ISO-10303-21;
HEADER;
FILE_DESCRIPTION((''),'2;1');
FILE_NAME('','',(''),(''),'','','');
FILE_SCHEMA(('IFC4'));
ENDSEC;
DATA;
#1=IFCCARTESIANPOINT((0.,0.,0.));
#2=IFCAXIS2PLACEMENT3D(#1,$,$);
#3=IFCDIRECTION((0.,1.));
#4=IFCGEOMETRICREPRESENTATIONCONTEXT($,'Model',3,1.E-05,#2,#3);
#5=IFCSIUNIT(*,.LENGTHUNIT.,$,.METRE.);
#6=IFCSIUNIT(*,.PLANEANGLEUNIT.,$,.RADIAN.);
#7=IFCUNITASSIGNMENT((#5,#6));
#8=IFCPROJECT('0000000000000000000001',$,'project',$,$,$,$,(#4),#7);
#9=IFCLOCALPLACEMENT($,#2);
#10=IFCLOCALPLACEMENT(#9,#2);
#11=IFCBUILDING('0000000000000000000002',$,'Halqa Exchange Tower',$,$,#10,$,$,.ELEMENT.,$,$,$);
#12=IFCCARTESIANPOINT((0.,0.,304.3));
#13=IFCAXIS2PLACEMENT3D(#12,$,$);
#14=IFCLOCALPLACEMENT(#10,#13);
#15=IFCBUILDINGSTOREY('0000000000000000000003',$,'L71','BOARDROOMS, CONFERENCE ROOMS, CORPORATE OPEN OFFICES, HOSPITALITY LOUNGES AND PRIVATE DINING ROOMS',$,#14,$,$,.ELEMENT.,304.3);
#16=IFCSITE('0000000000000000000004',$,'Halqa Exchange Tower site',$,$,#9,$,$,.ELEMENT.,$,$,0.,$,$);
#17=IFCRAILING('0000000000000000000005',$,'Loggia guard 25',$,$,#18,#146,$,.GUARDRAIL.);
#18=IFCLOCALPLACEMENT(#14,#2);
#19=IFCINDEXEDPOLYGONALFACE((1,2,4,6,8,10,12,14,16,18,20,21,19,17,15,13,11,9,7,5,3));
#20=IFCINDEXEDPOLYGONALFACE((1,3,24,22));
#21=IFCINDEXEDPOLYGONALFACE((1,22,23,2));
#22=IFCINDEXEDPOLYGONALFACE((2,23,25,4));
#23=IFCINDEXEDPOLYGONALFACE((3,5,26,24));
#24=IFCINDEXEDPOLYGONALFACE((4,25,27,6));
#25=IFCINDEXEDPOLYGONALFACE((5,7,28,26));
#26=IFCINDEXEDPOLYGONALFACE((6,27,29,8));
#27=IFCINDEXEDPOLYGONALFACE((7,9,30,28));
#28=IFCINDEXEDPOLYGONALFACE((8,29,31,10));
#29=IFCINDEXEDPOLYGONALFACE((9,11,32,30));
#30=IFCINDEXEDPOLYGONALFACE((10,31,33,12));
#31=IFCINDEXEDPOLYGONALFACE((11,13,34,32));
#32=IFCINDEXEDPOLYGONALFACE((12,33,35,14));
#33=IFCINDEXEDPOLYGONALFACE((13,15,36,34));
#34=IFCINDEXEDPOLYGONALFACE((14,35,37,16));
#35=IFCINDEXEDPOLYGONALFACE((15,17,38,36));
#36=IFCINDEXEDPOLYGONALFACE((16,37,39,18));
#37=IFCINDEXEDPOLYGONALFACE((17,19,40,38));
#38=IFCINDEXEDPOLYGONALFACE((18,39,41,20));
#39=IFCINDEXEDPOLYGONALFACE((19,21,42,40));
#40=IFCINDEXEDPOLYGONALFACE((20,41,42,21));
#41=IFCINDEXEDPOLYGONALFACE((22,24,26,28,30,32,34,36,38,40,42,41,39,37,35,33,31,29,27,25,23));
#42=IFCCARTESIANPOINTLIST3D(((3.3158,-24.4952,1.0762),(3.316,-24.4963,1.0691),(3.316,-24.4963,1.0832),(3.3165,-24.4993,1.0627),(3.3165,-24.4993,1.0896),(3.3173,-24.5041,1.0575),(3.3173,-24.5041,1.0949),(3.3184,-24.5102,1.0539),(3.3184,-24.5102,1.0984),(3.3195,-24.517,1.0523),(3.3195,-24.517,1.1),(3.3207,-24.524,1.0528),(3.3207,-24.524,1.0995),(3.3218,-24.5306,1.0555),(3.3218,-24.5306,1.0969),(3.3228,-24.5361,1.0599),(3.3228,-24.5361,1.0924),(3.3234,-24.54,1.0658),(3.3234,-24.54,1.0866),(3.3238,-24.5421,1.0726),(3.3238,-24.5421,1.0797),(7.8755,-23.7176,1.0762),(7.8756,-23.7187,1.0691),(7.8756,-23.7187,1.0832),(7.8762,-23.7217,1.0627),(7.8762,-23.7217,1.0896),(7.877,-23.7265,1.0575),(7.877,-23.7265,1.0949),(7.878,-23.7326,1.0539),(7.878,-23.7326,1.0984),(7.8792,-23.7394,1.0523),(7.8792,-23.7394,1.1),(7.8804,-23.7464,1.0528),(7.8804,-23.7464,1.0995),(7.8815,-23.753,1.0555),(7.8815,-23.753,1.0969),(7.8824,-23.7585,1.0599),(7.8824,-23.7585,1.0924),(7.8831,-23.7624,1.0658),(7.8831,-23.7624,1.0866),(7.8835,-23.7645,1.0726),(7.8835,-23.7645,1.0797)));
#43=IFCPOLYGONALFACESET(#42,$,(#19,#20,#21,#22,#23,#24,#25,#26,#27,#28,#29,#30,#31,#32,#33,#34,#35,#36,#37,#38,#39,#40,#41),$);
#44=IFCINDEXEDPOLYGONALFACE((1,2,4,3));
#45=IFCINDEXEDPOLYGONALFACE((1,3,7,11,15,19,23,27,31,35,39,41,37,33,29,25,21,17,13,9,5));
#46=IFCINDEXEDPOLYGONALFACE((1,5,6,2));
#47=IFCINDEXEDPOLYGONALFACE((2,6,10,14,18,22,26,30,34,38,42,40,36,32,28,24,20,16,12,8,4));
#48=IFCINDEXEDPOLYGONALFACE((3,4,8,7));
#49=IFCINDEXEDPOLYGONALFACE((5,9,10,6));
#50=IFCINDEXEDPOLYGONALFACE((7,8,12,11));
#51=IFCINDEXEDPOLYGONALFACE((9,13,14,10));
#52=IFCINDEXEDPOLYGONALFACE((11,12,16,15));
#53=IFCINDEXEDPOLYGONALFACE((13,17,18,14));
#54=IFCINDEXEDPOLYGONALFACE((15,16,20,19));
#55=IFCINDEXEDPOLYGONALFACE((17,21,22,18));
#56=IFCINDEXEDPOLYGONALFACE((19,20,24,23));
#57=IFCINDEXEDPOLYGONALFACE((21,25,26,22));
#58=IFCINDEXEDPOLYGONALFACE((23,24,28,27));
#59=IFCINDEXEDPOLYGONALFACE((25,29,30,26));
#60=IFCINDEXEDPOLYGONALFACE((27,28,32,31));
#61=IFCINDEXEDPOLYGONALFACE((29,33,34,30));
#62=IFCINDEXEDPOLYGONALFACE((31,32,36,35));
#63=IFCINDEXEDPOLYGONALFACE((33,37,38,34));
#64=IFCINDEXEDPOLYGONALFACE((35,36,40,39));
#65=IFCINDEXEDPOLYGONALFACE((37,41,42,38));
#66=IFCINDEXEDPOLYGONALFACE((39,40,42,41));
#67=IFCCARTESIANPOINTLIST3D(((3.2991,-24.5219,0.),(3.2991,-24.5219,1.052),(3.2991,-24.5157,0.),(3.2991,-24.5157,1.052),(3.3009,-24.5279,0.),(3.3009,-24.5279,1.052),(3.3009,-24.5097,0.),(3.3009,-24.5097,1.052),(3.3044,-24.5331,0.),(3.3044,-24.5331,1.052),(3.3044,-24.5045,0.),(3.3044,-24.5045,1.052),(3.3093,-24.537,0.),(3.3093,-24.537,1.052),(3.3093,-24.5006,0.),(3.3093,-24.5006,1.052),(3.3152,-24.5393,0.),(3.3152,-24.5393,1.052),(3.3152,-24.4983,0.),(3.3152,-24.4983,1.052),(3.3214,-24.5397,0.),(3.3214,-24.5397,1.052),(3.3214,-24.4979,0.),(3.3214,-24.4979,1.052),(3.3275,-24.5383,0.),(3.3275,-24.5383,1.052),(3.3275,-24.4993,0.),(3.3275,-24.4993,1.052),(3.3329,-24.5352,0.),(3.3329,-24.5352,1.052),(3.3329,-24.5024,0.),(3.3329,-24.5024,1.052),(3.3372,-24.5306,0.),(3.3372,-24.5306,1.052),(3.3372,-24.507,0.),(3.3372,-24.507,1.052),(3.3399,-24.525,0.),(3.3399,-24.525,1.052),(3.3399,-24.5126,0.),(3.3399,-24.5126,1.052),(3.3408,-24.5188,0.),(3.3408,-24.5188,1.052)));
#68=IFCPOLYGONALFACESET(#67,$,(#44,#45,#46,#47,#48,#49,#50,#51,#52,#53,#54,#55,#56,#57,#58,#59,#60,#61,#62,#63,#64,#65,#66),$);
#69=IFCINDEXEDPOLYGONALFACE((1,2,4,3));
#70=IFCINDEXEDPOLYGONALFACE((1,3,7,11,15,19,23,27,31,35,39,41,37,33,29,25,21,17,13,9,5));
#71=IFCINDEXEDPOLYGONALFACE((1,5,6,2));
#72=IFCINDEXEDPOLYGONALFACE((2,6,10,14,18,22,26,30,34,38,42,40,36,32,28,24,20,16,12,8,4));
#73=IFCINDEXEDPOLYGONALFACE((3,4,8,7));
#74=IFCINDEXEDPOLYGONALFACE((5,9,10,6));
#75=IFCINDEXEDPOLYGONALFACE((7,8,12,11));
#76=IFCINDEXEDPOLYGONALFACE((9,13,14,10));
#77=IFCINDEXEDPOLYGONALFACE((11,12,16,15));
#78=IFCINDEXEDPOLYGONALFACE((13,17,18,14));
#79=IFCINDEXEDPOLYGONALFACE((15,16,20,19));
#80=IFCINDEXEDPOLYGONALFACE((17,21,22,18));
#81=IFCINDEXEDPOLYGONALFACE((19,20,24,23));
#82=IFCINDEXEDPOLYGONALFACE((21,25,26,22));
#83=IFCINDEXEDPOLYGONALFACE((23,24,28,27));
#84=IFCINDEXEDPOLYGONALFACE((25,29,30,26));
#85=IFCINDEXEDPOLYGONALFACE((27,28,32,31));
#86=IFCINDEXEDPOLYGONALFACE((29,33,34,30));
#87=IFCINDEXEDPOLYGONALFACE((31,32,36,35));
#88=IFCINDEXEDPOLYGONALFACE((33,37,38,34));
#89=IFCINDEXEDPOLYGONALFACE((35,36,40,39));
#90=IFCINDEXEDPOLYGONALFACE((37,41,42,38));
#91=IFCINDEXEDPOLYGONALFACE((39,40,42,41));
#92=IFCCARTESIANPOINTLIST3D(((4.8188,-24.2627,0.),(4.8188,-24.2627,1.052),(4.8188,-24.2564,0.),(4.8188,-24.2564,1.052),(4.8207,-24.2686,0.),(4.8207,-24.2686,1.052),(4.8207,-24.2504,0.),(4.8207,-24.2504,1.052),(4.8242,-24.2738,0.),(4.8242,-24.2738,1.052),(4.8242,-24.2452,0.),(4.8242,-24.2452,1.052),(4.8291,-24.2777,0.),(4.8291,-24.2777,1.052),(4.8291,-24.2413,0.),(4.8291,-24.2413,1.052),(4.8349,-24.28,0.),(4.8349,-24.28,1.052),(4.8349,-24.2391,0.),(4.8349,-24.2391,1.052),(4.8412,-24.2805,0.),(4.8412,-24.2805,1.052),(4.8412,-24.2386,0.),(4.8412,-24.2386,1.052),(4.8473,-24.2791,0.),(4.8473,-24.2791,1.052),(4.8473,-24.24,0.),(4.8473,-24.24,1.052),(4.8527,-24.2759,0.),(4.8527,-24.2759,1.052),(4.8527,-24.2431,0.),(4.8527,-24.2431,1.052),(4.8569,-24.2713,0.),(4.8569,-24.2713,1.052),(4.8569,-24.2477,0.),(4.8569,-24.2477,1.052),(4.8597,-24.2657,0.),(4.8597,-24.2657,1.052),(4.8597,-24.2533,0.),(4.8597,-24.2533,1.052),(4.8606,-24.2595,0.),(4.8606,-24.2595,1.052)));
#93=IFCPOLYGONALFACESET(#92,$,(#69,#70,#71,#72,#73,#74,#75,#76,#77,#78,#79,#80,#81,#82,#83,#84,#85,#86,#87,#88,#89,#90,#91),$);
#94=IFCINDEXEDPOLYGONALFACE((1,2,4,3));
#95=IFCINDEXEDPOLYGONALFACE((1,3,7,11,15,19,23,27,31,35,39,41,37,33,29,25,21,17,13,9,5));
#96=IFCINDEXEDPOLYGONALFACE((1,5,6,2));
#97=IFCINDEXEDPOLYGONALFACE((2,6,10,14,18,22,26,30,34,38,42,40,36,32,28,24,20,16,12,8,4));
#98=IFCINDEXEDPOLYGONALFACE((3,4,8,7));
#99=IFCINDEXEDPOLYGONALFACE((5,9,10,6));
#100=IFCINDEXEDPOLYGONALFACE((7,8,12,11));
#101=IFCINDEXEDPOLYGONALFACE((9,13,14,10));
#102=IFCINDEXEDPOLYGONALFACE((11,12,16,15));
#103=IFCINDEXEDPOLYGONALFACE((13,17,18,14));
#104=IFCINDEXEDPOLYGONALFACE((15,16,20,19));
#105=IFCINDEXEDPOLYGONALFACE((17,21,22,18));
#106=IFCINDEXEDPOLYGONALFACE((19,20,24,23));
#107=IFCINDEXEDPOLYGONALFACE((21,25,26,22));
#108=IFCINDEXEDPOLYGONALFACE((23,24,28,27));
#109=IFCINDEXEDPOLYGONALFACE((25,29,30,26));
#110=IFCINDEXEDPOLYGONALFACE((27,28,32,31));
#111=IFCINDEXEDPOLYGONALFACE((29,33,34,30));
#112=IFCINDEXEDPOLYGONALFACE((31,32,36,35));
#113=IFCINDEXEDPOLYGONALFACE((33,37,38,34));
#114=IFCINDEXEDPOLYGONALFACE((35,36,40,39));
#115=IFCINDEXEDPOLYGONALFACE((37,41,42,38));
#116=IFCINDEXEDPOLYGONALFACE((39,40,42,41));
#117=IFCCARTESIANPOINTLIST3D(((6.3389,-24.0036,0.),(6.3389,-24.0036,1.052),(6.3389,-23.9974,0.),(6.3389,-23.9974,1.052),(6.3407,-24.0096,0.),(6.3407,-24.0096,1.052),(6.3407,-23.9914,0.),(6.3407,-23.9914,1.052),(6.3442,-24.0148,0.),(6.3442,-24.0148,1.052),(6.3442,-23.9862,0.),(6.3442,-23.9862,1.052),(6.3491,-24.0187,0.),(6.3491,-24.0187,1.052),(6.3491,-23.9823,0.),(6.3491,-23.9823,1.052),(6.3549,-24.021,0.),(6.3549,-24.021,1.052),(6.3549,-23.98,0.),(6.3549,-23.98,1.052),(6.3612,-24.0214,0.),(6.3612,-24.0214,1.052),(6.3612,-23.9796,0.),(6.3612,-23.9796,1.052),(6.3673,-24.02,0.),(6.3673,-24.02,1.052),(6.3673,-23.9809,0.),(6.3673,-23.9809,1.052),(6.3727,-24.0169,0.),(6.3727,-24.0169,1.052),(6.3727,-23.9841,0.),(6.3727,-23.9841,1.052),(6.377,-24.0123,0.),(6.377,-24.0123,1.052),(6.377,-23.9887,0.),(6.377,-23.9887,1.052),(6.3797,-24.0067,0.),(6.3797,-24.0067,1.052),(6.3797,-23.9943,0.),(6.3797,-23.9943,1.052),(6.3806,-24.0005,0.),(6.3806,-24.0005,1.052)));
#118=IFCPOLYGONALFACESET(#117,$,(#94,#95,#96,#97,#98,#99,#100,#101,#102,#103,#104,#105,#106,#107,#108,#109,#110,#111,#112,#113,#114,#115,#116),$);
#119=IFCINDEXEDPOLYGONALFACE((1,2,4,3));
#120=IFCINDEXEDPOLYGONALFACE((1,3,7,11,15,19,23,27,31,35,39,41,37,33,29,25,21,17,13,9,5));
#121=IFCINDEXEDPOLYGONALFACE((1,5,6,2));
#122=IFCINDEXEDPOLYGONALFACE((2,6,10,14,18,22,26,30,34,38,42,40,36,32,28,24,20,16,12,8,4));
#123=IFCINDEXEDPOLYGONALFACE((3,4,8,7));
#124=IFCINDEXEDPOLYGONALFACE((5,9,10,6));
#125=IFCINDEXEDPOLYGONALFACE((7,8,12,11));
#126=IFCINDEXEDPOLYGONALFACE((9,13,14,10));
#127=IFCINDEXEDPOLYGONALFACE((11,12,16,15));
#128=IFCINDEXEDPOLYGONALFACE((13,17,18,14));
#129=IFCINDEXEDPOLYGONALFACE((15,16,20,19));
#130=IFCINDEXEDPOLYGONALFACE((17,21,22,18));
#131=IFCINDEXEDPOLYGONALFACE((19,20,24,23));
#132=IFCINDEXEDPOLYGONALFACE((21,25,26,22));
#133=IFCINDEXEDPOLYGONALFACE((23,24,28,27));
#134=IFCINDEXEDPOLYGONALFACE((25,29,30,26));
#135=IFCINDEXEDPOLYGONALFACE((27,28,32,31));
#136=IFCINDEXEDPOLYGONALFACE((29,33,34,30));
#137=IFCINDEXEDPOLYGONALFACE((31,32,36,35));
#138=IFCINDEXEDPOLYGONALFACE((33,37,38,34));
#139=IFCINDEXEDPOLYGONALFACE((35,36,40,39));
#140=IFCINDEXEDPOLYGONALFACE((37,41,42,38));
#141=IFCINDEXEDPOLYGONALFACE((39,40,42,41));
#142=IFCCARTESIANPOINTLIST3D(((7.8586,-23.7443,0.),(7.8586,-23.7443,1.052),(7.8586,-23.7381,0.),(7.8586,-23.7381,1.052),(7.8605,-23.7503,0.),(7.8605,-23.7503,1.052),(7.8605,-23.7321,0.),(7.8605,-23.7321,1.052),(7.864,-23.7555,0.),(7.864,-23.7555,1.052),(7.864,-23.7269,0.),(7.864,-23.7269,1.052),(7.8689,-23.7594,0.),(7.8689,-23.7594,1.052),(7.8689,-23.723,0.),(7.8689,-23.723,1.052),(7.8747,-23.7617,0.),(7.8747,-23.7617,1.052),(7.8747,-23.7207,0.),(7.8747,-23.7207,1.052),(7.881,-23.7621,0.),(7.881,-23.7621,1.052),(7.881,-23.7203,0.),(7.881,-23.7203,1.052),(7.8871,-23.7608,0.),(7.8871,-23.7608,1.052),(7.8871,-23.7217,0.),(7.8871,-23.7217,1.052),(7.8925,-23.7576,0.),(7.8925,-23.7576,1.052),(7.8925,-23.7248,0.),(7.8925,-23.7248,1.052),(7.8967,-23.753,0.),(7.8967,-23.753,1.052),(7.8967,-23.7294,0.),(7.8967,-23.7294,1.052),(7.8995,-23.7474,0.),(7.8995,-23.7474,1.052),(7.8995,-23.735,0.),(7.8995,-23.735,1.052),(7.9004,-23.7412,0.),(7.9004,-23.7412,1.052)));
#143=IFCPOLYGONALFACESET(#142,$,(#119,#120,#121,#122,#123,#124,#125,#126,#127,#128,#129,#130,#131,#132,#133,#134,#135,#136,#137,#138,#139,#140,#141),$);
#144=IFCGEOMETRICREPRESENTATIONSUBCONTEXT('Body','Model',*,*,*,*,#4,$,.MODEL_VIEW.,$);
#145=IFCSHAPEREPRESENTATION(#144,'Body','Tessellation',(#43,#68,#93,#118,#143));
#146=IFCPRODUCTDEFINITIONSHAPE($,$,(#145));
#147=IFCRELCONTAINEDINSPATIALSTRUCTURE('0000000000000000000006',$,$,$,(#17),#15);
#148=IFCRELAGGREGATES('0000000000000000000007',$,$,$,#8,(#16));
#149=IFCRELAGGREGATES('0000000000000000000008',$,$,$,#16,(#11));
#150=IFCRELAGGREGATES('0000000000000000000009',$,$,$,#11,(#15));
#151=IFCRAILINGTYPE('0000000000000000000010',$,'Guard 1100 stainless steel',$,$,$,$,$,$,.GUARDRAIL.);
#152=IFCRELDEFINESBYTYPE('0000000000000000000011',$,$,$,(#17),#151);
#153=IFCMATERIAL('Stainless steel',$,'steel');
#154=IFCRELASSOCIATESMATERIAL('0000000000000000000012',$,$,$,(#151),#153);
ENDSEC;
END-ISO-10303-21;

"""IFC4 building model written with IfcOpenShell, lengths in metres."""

from ifc_helpers import new_model, si_unit, direction, frame, origin, origin_2d, place, context, subcontext, project, spatial, circle, extrude, material, type_object, element, save


model = new_model("IFC4")

# Units and contexts
model_context = context("Model", 3, precision=1e-05, world=origin(), true_north=direction((0.0, 1.0)))
body_context = subcontext(model_context, "Body", "Model", "MODEL_VIEW")
ifc_project = project(units=[si_unit("LENGTHUNIT", "METRE"), si_unit("PLANEANGLEUNIT", "RADIAN")], contexts=[model_context])

# Site, building, storey
site_placement = place(None, origin())
site = spatial("IfcSite", under=ifc_project, at=site_placement, Name="Halqa Exchange Tower site", CompositionType="ELEMENT", RefElevation=0.0)
building_placement = place(site_placement, origin())
building = spatial("IfcBuilding", under=site, at=building_placement, Name="Halqa Exchange Tower", CompositionType="ELEMENT")
storey_placement = place(building_placement, frame((0.0, 0.0, 304.3)))
storey = spatial("IfcBuildingStorey", under=building, at=storey_placement, Name="L71", Description="BOARDROOMS, CONFERENCE ROOMS, CORPORATE OPEN OFFICES, HOSPITALITY LOUNGES AND PRIVATE DINING ROOMS", CompositionType="ELEMENT", Elevation=304.3)

# Railing
ifc_material_1 = material(Name="Stainless steel", Category="steel")
railing_type = type_object("IfcRailingType", Name="Guard 1100 stainless steel", PredefinedType="GUARDRAIL", material=ifc_material_1)
railing_1_placement = place(storey_placement, frame((3.3198, -24.5188, 0.0)))
element("IfcRailing", 1, at=railing_1_placement, inside=storey, type_object=railing_type, Name="Loggia guard 25", PredefinedType="GUARDRAIL", context=body_context, shape_type="SweptSolid", body=[
    extrude(circle(Radius=0.0239, at=origin_2d()), frame((0.0, 0.0, 1.0762), z_axis=(0.985768, 0.168113, 0.0), x_axis=(-0.168113, 0.985768, 0.0)), (0.0, 0.0, 1.0), 4.6255),
    extrude(circle(Radius=0.021, at=origin_2d()), origin(), (0.0, 0.0, 1.0), 1.052),
    extrude(circle(Radius=0.021, at=origin_2d()), frame((1.5198, 0.2593, 0.0)), (0.0, 0.0, 1.0), 1.052),
    extrude(circle(Radius=0.021, at=origin_2d()), frame((3.0398, 0.5183, 0.0)), (0.0, 0.0, 1.0), 1.052),
    extrude(circle(Radius=0.021, at=origin_2d()), frame((4.5596, 0.7776, 0.0)), (0.0, 0.0, 1.0), 1.052),
])

save(model, "model.ifc")
